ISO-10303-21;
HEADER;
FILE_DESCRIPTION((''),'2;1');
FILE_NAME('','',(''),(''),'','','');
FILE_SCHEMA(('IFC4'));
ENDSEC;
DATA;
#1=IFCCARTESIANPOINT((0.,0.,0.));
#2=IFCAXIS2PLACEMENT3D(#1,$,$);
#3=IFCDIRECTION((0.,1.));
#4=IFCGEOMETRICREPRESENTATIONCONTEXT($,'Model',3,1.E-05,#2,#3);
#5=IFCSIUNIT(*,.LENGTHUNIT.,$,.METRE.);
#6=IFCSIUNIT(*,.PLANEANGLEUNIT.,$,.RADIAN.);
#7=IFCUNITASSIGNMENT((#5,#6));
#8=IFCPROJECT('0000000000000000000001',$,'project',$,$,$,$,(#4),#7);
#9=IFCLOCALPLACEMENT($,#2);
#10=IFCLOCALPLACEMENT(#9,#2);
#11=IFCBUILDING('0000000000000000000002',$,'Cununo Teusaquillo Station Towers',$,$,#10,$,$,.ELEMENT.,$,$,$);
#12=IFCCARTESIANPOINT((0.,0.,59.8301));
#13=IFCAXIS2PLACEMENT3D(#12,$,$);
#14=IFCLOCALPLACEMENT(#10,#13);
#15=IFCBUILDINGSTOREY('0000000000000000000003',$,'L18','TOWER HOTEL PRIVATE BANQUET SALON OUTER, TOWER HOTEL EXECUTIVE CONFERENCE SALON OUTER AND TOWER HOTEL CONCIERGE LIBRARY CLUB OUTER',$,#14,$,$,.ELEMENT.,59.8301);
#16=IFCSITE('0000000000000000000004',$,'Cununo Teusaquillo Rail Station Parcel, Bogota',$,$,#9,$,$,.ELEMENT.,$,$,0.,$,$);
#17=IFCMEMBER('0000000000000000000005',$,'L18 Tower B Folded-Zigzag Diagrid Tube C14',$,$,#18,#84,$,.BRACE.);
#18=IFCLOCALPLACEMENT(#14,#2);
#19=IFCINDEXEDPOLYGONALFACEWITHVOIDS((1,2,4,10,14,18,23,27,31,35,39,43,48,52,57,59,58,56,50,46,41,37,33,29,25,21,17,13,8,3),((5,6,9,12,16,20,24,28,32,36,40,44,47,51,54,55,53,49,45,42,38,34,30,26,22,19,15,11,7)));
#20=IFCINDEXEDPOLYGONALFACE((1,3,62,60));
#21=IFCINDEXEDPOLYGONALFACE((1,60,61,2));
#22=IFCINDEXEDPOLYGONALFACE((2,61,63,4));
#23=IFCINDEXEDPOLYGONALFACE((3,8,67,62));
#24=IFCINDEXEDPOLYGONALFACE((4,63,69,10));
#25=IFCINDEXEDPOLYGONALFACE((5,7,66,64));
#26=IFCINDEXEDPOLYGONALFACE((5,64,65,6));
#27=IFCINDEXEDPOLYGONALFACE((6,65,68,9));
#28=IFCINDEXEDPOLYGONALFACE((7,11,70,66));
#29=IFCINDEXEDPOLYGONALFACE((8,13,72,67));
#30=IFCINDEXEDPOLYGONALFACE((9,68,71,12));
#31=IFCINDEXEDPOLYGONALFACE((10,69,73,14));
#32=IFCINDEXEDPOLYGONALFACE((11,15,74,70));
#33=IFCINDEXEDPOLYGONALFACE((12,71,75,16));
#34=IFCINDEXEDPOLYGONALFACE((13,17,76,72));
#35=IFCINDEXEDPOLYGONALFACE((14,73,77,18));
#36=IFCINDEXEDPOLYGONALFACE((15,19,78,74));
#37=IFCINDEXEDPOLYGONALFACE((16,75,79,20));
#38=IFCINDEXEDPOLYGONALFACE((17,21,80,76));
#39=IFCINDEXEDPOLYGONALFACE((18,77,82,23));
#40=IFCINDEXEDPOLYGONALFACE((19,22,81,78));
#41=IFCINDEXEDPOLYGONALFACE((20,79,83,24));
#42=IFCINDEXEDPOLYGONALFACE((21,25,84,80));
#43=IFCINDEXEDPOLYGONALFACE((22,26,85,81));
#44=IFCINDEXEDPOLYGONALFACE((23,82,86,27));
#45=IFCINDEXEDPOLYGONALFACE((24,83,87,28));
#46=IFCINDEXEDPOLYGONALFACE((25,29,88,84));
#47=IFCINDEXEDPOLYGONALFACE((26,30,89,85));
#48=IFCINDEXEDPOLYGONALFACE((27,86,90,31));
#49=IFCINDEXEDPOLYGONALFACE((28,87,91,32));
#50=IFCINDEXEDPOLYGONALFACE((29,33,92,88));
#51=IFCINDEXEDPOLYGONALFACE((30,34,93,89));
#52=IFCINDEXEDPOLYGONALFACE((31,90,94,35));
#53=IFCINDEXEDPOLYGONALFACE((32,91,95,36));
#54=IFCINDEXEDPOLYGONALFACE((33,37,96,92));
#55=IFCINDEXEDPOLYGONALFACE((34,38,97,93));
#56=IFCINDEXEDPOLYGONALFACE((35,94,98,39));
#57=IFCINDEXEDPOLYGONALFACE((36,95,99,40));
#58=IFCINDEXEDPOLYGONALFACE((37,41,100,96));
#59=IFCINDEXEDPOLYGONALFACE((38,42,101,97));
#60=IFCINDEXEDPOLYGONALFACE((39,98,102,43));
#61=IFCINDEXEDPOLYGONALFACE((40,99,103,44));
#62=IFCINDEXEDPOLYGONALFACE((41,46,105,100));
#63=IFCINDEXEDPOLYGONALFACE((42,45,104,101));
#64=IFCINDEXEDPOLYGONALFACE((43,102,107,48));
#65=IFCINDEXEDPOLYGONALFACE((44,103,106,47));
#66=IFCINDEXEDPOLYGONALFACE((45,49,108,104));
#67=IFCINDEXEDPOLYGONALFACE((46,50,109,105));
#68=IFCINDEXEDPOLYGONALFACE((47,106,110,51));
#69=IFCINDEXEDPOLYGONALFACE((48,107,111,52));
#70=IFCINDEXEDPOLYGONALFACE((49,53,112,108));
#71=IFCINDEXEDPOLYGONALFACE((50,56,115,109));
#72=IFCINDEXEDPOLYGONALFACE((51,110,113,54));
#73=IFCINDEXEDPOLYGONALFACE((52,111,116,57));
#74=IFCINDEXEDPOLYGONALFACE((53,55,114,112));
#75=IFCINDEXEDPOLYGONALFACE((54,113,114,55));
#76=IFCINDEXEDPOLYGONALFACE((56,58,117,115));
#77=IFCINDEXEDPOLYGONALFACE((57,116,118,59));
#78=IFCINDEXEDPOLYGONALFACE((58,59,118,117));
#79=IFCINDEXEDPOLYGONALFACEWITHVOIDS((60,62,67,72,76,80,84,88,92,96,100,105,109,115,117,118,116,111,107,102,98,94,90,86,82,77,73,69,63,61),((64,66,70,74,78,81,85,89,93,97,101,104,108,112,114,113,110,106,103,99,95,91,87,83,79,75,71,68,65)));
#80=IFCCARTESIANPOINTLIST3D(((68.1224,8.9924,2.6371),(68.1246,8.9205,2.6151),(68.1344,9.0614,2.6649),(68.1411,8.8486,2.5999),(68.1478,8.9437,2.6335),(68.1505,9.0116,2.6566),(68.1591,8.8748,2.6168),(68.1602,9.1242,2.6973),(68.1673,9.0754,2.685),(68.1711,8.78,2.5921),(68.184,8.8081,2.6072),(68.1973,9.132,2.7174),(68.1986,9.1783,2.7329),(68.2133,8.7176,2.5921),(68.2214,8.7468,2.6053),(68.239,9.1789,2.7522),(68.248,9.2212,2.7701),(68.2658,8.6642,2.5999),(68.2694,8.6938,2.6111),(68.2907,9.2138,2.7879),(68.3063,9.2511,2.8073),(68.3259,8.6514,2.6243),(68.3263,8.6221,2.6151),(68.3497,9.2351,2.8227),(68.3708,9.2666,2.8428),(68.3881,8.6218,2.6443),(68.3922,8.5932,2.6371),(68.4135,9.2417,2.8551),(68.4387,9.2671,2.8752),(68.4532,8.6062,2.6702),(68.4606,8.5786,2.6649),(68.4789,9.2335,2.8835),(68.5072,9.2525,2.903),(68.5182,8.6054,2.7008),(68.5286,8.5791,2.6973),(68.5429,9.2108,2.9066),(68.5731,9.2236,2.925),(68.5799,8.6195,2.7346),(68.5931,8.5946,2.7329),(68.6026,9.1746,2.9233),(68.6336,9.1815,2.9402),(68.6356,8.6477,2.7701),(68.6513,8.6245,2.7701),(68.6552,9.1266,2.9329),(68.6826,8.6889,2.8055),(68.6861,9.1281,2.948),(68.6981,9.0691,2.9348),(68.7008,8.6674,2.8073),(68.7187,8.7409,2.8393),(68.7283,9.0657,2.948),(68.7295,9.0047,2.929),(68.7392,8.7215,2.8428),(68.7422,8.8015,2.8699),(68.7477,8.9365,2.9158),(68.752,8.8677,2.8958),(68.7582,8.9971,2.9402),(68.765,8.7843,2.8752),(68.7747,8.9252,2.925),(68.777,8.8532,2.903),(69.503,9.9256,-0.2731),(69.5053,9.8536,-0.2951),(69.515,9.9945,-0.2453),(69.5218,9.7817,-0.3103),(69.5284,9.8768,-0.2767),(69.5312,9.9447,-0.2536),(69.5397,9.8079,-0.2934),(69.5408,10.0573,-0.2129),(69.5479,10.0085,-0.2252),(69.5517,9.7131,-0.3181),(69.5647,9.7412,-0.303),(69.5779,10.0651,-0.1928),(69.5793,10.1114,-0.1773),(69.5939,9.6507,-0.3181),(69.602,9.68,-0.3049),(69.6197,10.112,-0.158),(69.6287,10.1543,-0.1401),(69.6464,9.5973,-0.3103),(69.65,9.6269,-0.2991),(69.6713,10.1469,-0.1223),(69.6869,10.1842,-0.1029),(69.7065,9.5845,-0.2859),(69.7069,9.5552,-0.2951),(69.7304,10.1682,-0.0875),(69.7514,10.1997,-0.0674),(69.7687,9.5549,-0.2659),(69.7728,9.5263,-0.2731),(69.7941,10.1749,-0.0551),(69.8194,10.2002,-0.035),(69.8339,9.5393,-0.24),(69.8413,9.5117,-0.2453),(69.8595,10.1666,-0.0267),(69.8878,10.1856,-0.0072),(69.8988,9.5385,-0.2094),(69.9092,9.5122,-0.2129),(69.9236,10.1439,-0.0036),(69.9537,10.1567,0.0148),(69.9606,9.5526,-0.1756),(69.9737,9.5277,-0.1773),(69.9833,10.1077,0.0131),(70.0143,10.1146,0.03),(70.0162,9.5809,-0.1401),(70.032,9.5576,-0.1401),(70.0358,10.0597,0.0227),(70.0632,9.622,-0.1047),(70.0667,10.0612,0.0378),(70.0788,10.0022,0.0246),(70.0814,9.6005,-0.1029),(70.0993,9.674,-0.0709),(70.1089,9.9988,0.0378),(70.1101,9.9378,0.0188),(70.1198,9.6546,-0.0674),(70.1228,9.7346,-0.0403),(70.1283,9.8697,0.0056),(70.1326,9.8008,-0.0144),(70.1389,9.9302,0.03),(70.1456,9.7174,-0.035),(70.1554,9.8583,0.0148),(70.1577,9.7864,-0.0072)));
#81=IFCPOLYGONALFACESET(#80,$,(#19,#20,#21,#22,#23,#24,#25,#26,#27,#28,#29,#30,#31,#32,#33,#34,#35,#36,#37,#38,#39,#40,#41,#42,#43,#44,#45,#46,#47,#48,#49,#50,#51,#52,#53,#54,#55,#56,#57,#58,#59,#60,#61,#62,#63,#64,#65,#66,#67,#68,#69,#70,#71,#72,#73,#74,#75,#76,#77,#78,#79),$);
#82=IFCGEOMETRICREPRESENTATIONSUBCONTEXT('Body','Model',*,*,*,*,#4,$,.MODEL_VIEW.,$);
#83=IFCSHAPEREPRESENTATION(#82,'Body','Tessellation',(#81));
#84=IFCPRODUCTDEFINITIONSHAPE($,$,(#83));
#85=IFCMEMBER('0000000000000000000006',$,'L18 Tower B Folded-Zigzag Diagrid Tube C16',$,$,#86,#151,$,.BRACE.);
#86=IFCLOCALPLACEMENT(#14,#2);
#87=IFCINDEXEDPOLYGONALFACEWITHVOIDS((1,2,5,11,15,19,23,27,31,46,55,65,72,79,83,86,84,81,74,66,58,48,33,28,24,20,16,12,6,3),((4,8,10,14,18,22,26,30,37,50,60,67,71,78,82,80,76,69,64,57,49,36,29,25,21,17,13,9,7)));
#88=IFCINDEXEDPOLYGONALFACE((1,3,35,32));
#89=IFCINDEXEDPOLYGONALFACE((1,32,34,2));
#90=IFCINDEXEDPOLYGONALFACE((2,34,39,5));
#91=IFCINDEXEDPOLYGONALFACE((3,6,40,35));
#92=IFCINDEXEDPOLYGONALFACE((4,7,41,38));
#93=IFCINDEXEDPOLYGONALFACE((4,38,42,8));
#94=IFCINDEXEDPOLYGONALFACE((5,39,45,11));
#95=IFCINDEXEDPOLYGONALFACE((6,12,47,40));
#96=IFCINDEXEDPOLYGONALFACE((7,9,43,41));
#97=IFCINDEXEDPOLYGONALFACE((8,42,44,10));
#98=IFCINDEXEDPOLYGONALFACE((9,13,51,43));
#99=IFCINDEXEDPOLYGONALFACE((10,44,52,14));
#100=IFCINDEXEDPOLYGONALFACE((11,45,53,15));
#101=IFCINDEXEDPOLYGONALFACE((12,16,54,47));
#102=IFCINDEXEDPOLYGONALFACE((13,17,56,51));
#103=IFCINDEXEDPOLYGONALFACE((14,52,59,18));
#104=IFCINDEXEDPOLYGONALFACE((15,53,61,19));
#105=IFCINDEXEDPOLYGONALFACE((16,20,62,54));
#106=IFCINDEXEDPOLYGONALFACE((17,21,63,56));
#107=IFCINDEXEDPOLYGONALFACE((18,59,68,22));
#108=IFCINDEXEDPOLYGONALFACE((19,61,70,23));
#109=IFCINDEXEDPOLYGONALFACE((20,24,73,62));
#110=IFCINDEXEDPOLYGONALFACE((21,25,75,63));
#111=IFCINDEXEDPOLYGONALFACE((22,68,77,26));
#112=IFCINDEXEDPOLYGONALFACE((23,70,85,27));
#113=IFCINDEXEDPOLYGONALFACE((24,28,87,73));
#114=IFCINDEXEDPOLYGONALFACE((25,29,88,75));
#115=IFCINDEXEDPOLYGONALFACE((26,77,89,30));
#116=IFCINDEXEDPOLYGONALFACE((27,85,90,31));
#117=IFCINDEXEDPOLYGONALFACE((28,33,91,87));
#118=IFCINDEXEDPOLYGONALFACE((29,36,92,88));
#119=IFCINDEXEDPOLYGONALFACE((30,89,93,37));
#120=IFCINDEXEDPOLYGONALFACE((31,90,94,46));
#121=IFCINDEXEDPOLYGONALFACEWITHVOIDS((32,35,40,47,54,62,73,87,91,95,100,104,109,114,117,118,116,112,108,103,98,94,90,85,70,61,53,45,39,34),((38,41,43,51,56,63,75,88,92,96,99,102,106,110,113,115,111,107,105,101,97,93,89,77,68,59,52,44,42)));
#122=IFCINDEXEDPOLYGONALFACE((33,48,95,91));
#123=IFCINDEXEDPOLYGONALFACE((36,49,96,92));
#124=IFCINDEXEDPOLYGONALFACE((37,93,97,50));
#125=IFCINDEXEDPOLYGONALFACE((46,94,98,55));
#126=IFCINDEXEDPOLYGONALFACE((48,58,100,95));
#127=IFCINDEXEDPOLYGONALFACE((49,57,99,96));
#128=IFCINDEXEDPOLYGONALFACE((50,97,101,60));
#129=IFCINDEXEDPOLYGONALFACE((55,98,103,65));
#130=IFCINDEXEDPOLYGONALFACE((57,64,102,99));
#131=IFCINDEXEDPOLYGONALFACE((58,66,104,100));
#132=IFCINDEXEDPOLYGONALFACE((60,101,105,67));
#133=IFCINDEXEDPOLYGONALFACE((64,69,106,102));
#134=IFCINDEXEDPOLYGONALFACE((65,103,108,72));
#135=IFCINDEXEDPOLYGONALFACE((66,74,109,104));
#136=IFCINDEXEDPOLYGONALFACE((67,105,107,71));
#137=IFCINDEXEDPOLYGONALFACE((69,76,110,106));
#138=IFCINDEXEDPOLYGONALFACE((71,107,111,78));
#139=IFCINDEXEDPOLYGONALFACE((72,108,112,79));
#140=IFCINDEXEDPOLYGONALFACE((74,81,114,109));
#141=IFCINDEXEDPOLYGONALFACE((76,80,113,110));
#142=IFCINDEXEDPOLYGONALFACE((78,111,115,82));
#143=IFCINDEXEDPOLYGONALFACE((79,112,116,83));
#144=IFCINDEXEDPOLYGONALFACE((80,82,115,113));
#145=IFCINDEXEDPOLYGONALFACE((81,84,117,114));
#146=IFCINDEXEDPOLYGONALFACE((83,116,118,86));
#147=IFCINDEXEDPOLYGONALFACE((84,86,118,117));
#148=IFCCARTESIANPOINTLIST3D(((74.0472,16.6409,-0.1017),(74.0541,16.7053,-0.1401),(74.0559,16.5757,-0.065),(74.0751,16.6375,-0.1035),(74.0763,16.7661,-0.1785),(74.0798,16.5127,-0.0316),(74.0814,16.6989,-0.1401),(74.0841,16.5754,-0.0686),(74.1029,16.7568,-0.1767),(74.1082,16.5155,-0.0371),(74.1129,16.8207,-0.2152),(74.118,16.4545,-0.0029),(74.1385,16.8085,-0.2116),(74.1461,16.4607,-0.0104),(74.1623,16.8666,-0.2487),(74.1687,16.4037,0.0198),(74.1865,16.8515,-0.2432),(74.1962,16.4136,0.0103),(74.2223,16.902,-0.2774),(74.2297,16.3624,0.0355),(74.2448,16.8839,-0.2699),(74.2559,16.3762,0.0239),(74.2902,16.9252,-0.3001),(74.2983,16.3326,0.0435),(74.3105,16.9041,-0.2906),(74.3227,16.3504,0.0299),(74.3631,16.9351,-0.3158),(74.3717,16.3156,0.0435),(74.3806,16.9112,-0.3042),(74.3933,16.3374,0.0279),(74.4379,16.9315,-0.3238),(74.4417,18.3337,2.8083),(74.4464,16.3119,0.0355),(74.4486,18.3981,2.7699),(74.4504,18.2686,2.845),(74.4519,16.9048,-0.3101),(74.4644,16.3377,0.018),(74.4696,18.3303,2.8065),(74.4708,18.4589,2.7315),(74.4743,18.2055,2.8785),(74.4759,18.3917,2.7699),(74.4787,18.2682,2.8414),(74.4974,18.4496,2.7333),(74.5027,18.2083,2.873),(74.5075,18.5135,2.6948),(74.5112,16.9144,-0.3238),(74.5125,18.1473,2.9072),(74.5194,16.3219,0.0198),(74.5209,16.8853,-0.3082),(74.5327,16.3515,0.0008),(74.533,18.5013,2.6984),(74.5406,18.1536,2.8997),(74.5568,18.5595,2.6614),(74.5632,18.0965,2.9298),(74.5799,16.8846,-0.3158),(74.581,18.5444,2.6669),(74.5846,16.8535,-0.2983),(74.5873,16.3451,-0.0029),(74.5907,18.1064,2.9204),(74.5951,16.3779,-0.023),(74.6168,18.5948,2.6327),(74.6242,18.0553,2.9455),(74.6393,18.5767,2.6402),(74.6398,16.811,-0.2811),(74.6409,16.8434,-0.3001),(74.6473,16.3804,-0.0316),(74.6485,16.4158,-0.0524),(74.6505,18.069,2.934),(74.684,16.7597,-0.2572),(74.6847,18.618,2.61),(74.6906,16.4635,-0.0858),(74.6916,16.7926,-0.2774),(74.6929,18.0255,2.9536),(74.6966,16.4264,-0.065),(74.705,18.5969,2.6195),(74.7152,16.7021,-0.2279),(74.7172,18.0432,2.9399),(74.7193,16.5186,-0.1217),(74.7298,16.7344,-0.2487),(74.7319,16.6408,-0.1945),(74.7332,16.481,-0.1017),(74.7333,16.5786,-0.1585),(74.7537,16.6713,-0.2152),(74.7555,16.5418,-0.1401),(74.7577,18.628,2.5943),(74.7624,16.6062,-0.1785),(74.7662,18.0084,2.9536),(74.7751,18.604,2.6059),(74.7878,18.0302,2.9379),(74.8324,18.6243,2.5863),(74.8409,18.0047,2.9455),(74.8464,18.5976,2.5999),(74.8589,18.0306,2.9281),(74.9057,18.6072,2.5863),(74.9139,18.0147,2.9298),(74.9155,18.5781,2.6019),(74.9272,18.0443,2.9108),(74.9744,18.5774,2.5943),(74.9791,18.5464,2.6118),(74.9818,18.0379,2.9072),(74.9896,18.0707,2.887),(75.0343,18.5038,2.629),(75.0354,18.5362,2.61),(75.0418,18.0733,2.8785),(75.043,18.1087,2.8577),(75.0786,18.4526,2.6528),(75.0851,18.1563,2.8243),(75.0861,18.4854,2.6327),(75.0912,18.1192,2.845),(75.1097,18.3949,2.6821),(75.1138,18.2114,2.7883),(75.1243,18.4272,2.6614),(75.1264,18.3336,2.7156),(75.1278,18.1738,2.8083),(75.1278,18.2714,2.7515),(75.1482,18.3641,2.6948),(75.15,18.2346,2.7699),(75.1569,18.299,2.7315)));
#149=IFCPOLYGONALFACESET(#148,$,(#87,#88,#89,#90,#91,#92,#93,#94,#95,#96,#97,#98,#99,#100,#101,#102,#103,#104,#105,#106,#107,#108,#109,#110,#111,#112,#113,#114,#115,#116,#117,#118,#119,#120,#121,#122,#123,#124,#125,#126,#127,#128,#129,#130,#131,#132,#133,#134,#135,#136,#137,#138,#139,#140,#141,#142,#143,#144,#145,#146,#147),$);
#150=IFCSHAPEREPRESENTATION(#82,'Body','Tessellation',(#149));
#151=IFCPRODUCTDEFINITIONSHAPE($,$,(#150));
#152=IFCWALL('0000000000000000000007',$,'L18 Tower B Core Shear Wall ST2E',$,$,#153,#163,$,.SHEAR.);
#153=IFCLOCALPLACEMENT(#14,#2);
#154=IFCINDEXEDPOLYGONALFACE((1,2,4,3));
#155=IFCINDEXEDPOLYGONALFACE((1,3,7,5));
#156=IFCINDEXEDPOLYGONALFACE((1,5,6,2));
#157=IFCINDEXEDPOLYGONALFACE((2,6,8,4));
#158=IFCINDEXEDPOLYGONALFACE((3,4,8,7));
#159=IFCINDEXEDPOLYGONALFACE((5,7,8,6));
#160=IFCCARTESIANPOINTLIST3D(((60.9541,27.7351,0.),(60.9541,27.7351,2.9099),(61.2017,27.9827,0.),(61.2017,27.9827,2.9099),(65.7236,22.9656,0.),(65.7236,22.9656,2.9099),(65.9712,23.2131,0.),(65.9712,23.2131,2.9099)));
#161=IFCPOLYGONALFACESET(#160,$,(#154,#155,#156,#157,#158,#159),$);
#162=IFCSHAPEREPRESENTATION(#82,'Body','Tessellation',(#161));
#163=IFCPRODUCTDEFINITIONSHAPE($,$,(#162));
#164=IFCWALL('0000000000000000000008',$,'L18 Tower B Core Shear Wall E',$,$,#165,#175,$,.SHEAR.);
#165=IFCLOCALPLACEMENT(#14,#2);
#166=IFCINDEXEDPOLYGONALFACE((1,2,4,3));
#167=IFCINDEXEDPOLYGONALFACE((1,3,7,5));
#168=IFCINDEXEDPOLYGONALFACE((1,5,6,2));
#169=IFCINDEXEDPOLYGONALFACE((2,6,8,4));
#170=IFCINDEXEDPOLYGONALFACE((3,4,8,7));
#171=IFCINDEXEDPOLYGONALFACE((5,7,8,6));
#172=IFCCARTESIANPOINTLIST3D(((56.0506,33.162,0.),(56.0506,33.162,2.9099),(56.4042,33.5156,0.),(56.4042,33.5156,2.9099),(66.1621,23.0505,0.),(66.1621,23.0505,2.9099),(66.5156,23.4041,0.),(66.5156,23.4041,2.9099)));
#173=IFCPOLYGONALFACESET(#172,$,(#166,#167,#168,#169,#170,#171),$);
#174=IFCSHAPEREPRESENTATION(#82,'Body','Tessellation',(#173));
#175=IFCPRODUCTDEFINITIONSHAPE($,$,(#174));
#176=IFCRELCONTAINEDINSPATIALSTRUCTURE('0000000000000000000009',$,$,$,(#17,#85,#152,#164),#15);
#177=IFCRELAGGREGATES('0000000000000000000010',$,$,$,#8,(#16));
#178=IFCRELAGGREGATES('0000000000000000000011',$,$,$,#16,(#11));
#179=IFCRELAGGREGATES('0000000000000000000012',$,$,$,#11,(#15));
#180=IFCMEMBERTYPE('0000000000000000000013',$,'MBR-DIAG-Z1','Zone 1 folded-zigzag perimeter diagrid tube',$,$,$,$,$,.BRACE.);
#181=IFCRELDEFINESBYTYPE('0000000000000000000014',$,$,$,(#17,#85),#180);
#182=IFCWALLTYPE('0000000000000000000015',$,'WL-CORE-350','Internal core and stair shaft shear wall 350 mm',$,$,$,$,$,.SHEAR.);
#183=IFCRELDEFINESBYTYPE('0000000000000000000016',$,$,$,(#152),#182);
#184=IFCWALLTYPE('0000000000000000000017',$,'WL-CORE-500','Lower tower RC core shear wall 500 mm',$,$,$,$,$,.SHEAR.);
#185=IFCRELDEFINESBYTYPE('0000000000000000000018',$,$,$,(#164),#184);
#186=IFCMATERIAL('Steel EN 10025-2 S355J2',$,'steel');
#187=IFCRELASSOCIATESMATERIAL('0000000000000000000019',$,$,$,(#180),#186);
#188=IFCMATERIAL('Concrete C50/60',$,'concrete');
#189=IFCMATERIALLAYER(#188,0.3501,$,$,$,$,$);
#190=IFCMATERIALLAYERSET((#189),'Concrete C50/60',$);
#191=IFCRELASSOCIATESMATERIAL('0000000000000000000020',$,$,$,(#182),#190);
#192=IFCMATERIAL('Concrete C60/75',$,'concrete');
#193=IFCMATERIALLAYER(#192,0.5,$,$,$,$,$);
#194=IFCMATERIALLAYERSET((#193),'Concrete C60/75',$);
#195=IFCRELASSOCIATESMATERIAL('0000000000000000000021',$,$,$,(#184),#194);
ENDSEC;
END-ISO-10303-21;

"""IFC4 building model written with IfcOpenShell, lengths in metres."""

from ifc_helpers import new_model, si_unit, direction, frame, frame_2d, origin, origin_2d, place, context, subcontext, project, spatial, rectangle, hollow_circle, extrude, material, layer, layer_set, material_profile, profile_set, type_object, element, save


model = new_model("IFC4")

# Units and contexts
model_context = context("Model", 3, precision=1e-05, world=origin(), true_north=direction((0.0, 1.0)))
body_context = subcontext(model_context, "Body", "Model", "MODEL_VIEW")
ifc_project = project(units=[si_unit("LENGTHUNIT", "METRE"), si_unit("PLANEANGLEUNIT", "RADIAN")], contexts=[model_context])

# Site, building, storey
site_placement = place(None, origin())
site = spatial("IfcSite", under=ifc_project, at=site_placement, Name="Cununo Teusaquillo Rail Station Parcel, Bogota", CompositionType="ELEMENT", RefElevation=0.0)
building_placement = place(site_placement, origin())
building = spatial("IfcBuilding", under=site, at=building_placement, Name="Cununo Teusaquillo Station Towers", CompositionType="ELEMENT")
storey_placement = place(building_placement, frame((0.0, 0.0, 59.8301)))
storey = spatial("IfcBuildingStorey", under=building, at=storey_placement, Name="L18", Description="TOWER HOTEL PRIVATE BANQUET SALON OUTER, TOWER HOTEL EXECUTIVE CONFERENCE SALON OUTER AND TOWER HOTEL CONCIERGE LIBRARY CLUB OUTER", CompositionType="ELEMENT", Elevation=59.8301)

# Members
ifc_material_1 = material(Name="Steel EN 10025-2 S355J2", Category="steel")
ifc_material_profile_1 = material_profile(ifc_material_1, hollow_circle(Radius=0.3601, WallThickness=0.0281, at=origin_2d()), Name="CHS 720x28")
ifc_profile_set_1 = profile_set([ifc_material_profile_1], Name="Steel EN 10025-2 S355J2")
member_type = type_object("IfcMemberType", Name="MBR-DIAG-Z1", Description="Zone 1 folded-zigzag perimeter diagrid tube", PredefinedType="BRACE", material=ifc_profile_set_1)
member_1_placement = place(storey_placement, frame((69.8303, 9.856, -0.1401), z_axis=(-0.411697, -0.27825, 0.867803), x_axis=(0.559963, -0.828517, 0.0)))
element("IfcMember", 1, at=member_1_placement, inside=storey, type_object=member_type, Name="L18 Tower B Folded-Zigzag Diagrid Tube C14", PredefinedType="BRACE", context=body_context, shape_type="SweptSolid", body=[
    extrude(hollow_circle(Radius=0.3601, WallThickness=0.0281, at=origin_2d()), origin(), (0.0, 0.0, 1.0), 3.3535),
])
member_2_placement = place(storey_placement, frame((74.4048, 16.6235, -0.1401), z_axis=(0.116389, 0.499407, 0.858514), x_axis=(-0.973901, 0.226972, 0.0)))
element("IfcMember", 2, at=member_2_placement, inside=storey, type_object=member_type, Name="L18 Tower B Folded-Zigzag Diagrid Tube C16", PredefinedType="BRACE", context=body_context, shape_type="SweptSolid", body=[
    extrude(hollow_circle(Radius=0.3601, WallThickness=0.0281, at=origin_2d()), origin(), (0.0, 0.0, 1.0), 3.3896),
])

# Walls
ifc_material_2 = material(Name="Concrete C50/60", Category="concrete")
ifc_layer_1 = layer(ifc_material_2, 0.3501)
ifc_layer_set_1 = layer_set([ifc_layer_1], Name="Concrete C50/60")
wall_type_1 = type_object("IfcWallType", Name="WL-CORE-350", Description="Internal core and stair shaft shear wall 350 mm", PredefinedType="SHEAR", material=ifc_layer_set_1)
wall_1_placement = place(storey_placement, frame((65.8474, 23.0894, 0.0), z_axis=(0.0, 0.0, 1.0), x_axis=(-0.707107, 0.707107, 0.0)))
element("IfcWall", 3, at=wall_1_placement, inside=storey, type_object=wall_type_1, Name="L18 Tower B Core Shear Wall ST2E", PredefinedType="SHEAR", context=body_context, shape_type="SweptSolid", body=[
    extrude(rectangle(XDim=6.7451, YDim=0.3501, at=frame_2d((3.3726, 0.0))), origin(), (0.0, 0.0, 1.0), 2.9099),
])
ifc_material_3 = material(Name="Concrete C60/75", Category="concrete")
ifc_layer_2 = layer(ifc_material_3, 0.5)
ifc_layer_set_2 = layer_set([ifc_layer_2], Name="Concrete C60/75")
wall_type_2 = type_object("IfcWallType", Name="WL-CORE-500", Description="Lower tower RC core shear wall 500 mm", PredefinedType="SHEAR", material=ifc_layer_set_2)
wall_2_placement = place(storey_placement, frame((66.3389, 23.2273, 0.0), z_axis=(0.0, 0.0, 1.0), x_axis=(-0.707107, 0.707107, 0.0)))
element("IfcWall", 4, at=wall_2_placement, inside=storey, type_object=wall_type_2, Name="L18 Tower B Core Shear Wall E", PredefinedType="SHEAR", context=body_context, shape_type="SweptSolid", body=[
    extrude(rectangle(XDim=14.2998, YDim=0.5, at=frame_2d((7.1499, 0.0))), origin(), (0.0, 0.0, 1.0), 2.9099),
])

save(model, "model.ifc")
